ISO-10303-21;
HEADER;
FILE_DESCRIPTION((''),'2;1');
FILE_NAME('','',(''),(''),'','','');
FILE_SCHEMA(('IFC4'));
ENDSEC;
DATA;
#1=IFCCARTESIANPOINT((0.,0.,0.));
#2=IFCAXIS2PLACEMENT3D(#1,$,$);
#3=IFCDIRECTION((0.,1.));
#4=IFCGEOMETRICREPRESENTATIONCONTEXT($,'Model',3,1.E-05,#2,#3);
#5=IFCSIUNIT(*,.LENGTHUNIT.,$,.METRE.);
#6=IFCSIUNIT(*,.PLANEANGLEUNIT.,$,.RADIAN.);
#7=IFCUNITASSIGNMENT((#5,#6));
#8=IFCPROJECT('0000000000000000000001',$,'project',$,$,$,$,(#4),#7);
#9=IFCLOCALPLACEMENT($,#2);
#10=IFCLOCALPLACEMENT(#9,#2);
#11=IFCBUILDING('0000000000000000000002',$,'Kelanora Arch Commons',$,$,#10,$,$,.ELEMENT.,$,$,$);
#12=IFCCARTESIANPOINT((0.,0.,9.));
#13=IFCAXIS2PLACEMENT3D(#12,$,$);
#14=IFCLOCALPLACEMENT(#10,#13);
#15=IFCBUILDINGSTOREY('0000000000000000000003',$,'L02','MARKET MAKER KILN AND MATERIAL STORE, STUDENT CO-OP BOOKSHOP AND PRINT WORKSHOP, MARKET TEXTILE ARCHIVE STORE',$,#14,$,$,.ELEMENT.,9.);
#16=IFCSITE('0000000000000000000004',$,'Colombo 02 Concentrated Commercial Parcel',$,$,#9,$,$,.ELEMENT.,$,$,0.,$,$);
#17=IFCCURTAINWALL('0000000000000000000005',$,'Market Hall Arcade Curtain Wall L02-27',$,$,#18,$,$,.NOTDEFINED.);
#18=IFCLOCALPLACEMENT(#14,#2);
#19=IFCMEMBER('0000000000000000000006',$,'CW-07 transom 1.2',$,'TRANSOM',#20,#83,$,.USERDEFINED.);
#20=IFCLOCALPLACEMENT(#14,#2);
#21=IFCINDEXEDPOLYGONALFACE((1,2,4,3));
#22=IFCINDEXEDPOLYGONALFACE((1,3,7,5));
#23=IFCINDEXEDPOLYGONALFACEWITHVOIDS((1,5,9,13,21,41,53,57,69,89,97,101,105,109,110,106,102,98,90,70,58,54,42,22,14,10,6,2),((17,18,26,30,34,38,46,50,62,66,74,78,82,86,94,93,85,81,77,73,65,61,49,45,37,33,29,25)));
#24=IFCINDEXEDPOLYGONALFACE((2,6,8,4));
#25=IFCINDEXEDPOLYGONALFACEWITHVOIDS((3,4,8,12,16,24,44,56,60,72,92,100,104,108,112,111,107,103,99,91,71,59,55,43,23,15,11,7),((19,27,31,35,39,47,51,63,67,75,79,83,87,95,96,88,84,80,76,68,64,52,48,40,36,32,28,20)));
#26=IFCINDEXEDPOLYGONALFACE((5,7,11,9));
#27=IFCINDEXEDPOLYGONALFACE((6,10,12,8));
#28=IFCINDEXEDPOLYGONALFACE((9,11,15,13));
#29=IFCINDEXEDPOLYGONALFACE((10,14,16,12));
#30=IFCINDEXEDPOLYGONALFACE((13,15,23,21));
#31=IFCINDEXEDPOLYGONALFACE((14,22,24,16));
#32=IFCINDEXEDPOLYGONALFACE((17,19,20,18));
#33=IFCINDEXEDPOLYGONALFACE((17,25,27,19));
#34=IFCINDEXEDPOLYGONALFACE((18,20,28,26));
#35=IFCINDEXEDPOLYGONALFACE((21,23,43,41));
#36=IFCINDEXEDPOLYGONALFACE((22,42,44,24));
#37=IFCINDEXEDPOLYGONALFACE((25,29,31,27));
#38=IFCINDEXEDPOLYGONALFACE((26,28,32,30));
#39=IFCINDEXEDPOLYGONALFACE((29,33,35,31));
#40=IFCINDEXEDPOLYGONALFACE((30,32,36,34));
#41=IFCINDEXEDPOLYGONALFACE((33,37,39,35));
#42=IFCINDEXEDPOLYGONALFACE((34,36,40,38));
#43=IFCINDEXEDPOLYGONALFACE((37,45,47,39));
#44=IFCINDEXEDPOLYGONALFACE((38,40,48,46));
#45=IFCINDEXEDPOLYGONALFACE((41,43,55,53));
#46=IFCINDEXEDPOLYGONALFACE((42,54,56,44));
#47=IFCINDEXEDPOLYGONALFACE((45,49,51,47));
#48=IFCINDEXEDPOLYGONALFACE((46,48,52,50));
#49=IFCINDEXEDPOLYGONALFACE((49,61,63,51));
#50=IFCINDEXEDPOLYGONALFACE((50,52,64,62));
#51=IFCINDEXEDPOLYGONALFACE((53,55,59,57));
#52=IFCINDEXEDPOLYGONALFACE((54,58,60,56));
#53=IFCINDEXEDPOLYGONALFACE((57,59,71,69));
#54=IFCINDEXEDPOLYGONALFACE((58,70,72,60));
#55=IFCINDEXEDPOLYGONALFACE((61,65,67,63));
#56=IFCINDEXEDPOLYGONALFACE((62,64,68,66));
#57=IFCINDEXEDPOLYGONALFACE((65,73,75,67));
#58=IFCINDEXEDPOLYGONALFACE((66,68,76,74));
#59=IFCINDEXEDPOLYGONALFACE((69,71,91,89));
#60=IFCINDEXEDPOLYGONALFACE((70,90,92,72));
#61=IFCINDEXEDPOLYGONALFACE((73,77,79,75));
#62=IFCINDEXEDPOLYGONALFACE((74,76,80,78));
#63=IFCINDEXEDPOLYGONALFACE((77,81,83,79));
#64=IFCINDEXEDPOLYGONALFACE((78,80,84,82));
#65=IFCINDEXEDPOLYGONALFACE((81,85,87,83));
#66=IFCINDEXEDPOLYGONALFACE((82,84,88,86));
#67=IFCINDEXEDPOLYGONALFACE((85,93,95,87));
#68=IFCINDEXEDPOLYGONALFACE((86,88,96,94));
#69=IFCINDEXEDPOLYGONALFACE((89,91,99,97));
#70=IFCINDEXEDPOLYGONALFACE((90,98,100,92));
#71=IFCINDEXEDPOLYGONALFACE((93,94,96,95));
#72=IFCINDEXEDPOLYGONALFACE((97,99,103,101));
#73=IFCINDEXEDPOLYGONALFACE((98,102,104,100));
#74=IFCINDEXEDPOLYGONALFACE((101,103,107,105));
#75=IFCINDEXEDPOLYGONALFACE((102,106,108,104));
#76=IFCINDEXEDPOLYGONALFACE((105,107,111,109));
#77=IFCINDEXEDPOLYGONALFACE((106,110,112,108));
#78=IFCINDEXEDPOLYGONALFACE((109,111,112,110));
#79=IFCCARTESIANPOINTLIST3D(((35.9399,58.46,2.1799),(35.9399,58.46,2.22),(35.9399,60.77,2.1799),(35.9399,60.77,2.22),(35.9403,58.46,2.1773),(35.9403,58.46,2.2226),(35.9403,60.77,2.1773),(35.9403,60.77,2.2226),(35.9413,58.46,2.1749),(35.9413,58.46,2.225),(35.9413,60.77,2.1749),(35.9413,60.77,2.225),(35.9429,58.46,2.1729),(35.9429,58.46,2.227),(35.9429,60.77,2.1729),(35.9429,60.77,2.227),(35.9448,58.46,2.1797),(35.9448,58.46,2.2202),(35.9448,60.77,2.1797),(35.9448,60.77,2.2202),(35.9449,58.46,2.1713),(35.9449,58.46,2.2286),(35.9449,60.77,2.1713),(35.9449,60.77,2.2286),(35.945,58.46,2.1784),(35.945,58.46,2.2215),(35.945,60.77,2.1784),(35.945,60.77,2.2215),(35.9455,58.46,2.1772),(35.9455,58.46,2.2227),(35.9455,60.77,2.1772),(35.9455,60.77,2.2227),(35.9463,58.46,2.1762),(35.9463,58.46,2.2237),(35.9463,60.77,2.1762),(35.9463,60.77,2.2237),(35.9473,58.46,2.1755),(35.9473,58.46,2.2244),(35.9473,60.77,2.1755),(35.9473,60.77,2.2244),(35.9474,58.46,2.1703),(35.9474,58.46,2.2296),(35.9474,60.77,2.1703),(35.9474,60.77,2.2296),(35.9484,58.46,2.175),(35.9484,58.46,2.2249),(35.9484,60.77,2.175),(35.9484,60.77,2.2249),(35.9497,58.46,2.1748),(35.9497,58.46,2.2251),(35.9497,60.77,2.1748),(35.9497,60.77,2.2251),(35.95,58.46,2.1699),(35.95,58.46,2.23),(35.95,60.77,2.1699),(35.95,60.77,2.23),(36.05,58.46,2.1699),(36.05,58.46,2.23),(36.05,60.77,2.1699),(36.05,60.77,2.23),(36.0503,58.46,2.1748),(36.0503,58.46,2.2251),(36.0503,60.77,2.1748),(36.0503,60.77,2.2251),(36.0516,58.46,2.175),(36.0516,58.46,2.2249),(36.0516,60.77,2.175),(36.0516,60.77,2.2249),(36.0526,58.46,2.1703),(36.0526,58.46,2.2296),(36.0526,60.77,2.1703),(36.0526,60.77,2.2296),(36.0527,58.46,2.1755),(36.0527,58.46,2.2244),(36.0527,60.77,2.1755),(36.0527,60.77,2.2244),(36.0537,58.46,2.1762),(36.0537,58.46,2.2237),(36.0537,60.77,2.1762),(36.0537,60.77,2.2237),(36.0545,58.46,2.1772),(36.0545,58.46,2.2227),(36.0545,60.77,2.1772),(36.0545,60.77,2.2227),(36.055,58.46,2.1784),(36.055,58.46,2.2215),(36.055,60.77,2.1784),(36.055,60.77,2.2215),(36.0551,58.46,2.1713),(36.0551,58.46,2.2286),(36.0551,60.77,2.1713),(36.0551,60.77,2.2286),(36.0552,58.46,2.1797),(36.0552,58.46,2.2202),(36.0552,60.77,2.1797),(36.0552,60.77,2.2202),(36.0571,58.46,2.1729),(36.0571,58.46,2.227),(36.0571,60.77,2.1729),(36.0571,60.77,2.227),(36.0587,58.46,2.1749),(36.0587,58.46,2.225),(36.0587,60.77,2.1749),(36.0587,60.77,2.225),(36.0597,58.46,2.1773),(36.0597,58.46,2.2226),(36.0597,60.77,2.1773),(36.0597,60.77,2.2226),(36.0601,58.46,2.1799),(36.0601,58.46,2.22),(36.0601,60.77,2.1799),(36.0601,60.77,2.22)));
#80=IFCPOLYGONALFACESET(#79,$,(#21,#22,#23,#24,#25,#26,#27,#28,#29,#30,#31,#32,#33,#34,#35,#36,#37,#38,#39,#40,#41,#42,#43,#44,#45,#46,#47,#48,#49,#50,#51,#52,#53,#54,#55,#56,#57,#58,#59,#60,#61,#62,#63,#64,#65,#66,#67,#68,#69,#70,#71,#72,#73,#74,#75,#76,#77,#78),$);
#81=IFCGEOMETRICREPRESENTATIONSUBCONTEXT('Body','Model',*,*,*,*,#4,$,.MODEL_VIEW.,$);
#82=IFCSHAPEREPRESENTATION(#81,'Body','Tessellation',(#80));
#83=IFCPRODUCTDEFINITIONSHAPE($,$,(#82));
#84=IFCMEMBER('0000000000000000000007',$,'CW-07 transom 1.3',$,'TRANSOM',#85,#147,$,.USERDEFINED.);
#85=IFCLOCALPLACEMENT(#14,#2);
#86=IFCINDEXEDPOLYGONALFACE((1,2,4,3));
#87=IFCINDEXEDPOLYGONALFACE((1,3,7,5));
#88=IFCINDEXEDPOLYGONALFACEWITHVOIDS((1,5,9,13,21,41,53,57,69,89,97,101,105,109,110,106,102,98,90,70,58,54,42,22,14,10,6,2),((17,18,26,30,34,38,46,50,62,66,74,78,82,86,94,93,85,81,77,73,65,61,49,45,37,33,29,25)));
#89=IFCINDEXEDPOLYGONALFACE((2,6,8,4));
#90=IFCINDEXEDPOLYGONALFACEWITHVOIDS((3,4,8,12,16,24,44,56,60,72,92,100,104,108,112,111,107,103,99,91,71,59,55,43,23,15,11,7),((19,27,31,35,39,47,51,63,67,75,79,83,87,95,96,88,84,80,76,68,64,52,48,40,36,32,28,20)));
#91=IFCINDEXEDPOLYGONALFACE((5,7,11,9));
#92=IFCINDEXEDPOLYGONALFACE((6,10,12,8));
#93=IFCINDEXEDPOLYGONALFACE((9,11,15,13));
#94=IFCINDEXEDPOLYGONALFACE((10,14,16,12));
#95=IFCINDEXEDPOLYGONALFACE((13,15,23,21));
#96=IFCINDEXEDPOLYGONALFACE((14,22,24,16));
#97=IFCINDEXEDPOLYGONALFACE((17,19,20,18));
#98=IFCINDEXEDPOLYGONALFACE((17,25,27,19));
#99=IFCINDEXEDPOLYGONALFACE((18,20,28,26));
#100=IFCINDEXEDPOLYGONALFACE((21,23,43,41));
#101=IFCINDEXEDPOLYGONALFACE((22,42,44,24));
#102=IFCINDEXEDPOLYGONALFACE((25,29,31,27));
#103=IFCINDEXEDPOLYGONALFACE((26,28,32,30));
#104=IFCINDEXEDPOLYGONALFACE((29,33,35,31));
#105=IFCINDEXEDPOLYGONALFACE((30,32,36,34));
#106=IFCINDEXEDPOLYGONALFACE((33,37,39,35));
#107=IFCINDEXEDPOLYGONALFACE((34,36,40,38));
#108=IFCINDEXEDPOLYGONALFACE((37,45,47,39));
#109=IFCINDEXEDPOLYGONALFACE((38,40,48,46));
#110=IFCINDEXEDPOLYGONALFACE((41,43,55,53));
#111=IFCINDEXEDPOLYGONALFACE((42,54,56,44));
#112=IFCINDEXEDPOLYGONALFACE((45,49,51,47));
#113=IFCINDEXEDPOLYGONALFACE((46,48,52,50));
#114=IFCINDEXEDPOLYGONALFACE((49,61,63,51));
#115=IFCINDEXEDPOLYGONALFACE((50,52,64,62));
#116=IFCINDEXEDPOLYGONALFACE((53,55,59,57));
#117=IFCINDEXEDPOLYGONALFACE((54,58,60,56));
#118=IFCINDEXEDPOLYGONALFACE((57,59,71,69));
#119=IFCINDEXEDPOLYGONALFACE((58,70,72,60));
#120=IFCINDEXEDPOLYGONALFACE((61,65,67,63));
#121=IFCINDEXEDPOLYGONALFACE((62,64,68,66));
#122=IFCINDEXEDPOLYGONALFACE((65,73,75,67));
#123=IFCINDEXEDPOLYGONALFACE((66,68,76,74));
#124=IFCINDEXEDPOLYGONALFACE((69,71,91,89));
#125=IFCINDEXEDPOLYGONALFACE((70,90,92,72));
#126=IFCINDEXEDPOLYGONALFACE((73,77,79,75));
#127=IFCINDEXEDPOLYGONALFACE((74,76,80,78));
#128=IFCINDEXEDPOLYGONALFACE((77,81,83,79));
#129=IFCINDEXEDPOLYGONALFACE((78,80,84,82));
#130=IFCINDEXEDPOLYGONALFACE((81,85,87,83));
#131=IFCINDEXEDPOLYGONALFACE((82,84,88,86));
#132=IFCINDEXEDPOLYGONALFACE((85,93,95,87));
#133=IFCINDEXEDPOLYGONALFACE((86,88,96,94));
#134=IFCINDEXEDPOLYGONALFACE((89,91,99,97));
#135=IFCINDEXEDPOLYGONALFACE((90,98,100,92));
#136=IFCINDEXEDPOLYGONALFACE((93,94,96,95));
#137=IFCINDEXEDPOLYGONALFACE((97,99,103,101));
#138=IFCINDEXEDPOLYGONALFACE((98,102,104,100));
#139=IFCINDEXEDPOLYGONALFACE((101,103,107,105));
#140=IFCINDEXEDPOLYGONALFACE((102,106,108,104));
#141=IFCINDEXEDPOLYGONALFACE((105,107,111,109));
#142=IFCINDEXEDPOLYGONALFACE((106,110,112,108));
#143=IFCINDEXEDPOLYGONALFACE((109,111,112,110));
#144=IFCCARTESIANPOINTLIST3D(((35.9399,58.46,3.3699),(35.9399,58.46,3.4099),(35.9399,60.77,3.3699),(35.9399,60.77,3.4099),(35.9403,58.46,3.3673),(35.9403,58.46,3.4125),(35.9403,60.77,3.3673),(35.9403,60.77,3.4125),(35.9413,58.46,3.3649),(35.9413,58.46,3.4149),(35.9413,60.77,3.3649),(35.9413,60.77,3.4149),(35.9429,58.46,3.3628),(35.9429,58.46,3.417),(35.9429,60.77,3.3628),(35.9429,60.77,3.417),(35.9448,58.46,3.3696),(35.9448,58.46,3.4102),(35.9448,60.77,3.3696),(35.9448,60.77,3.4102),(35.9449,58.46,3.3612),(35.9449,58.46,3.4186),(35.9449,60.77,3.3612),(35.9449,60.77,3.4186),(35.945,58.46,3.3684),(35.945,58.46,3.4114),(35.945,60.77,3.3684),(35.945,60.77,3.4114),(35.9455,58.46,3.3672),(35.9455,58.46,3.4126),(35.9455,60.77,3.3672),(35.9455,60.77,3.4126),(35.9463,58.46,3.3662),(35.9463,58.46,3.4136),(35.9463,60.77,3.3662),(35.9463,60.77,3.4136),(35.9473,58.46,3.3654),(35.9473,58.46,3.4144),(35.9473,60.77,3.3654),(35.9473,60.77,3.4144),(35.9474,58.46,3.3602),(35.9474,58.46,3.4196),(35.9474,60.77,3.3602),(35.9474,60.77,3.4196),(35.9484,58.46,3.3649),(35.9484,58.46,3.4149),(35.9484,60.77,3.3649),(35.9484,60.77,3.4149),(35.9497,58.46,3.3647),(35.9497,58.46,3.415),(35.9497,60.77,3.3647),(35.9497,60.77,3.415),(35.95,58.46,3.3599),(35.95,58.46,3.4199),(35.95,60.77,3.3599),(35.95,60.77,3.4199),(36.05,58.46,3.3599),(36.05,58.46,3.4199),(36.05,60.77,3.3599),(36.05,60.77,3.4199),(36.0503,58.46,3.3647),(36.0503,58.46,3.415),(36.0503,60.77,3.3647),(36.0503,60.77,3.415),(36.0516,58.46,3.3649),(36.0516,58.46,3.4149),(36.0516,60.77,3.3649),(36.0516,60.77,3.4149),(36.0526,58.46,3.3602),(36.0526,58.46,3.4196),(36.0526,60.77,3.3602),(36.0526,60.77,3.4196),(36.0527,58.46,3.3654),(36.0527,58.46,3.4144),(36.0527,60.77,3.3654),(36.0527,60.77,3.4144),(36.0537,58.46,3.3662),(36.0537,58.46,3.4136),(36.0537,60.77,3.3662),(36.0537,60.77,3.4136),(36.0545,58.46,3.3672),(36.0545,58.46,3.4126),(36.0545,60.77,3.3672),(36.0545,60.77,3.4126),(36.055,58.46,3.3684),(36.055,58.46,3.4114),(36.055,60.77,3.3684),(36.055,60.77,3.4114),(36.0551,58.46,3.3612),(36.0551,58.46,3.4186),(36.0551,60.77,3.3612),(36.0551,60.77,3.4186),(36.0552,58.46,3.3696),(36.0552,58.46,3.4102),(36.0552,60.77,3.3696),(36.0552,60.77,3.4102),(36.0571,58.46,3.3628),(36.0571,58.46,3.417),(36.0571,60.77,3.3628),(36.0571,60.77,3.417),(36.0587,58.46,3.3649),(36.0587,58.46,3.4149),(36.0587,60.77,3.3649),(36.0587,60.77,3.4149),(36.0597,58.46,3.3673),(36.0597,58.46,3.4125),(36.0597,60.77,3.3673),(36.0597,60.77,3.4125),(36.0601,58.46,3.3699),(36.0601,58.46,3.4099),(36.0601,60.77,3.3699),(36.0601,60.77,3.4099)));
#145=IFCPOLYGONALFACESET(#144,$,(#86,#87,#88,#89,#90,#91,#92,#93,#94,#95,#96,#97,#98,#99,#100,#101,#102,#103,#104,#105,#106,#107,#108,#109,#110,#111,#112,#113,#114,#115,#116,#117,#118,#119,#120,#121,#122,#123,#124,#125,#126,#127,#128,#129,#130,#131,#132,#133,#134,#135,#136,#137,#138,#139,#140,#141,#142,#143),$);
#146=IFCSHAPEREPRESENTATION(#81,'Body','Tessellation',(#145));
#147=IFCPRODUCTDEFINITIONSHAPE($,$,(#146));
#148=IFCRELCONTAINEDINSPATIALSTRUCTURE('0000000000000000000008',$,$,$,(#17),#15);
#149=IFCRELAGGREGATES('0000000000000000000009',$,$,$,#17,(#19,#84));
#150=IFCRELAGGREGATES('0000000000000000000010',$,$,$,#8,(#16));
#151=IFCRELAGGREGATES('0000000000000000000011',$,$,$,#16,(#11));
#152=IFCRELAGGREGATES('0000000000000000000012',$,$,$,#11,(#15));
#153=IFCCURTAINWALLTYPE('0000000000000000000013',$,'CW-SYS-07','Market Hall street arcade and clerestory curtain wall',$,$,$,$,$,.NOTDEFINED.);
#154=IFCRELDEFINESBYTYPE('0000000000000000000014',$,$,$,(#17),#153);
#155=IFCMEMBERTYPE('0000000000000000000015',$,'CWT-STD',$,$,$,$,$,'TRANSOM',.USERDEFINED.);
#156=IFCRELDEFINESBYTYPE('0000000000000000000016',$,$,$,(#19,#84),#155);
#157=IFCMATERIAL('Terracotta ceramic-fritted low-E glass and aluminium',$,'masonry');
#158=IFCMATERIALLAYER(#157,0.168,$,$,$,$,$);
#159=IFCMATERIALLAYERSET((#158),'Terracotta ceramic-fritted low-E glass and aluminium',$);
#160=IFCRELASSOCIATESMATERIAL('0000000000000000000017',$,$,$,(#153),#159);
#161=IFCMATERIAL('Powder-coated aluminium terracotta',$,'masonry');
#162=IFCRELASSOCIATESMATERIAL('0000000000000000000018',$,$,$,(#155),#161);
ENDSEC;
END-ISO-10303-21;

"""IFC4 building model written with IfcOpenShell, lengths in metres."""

from ifc_helpers import new_model, si_unit, direction, frame, origin, origin_2d, place, context, subcontext, project, spatial, hollow_rectangle, extrude, material, layer, layer_set, material_profile, profile_set, type_object, element, aggregate, save


model = new_model("IFC4")

# Units and contexts
model_context = context("Model", 3, precision=1e-05, world=origin(), true_north=direction((0.0, 1.0)))
body_context = subcontext(model_context, "Body", "Model", "MODEL_VIEW")
ifc_project = project(units=[si_unit("LENGTHUNIT", "METRE"), si_unit("PLANEANGLEUNIT", "RADIAN")], contexts=[model_context])

# Site, building, storey
site_placement = place(None, origin())
site = spatial("IfcSite", under=ifc_project, at=site_placement, Name="Colombo 02 Concentrated Commercial Parcel", CompositionType="ELEMENT", RefElevation=0.0)
building_placement = place(site_placement, origin())
building = spatial("IfcBuilding", under=site, at=building_placement, Name="Kelanora Arch Commons", CompositionType="ELEMENT")
storey_placement = place(building_placement, frame((0.0, 0.0, 9.0)))
storey = spatial("IfcBuildingStorey", under=building, at=storey_placement, Name="L02", Description="MARKET MAKER KILN AND MATERIAL STORE, STUDENT CO-OP BOOKSHOP AND PRINT WORKSHOP, MARKET TEXTILE ARCHIVE STORE", CompositionType="ELEMENT", Elevation=9.0)

# Curtain wall, members
ifc_material_1 = material(Name="Terracotta ceramic-fritted low-E glass and aluminium", Category="masonry")
ifc_layer_1 = layer(ifc_material_1, 0.168)
ifc_layer_set_1 = layer_set([ifc_layer_1], Name="Terracotta ceramic-fritted low-E glass and aluminium")
curtain_wall_type = type_object("IfcCurtainWallType", Name="CW-SYS-07", Description="Market Hall street arcade and clerestory curtain wall", PredefinedType="NOTDEFINED", material=ifc_layer_set_1)
curtain_wall_placement = place(storey_placement, origin())
curtain_wall = element("IfcCurtainWall", 1, at=curtain_wall_placement, inside=storey, type_object=curtain_wall_type, Name="Market Hall Arcade Curtain Wall L02-27", PredefinedType="NOTDEFINED")
ifc_material_2 = material(Name="Powder-coated aluminium terracotta", Category="masonry")
ifc_material_profile_1 = material_profile(ifc_material_2, hollow_rectangle(XDim=0.1201, YDim=0.0601, WallThickness=0.0049, InnerFilletRadius=0.0049, OuterFilletRadius=0.01, at=origin_2d()), Name="CWT120x60")
ifc_profile_set_1 = profile_set([ifc_material_profile_1], Name="Powder-coated aluminium terracotta")
member_type_1 = type_object("IfcMemberType", Name="CWT-STD", ElementType="TRANSOM", PredefinedType="USERDEFINED", material=ifc_profile_set_1)
member_1_placement = place(storey_placement, frame((36.0, 58.46, 2.2), z_axis=(0.0, 1.0, 0.0), x_axis=(-1.0, 0.0, 0.0)))
member_1 = element("IfcMember", 2, at=member_1_placement, type_object=member_type_1, Name="CW-07 transom 1.2", ObjectType="TRANSOM", PredefinedType="USERDEFINED", context=body_context, shape_type="SweptSolid", body=[
    extrude(hollow_rectangle(XDim=0.1201, YDim=0.0601, WallThickness=0.0049, InnerFilletRadius=0.0049, OuterFilletRadius=0.01, at=origin_2d()), origin(), (0.0, 0.0, 1.0), 2.3101),
])
member_2_placement = place(storey_placement, frame((36.0, 58.46, 3.3899), z_axis=(0.0, 1.0, 0.0), x_axis=(-1.0, 0.0, 0.0)))
member_2 = element("IfcMember", 3, at=member_2_placement, type_object=member_type_1, Name="CW-07 transom 1.3", ObjectType="TRANSOM", PredefinedType="USERDEFINED", context=body_context, shape_type="SweptSolid", body=[
    extrude(hollow_rectangle(XDim=0.1201, YDim=0.0601, WallThickness=0.0049, InnerFilletRadius=0.0049, OuterFilletRadius=0.01, at=origin_2d()), origin(), (0.0, 0.0, 1.0), 2.3101),
])
aggregate(curtain_wall, [member_1, member_2])

save(model, "model.ifc")
